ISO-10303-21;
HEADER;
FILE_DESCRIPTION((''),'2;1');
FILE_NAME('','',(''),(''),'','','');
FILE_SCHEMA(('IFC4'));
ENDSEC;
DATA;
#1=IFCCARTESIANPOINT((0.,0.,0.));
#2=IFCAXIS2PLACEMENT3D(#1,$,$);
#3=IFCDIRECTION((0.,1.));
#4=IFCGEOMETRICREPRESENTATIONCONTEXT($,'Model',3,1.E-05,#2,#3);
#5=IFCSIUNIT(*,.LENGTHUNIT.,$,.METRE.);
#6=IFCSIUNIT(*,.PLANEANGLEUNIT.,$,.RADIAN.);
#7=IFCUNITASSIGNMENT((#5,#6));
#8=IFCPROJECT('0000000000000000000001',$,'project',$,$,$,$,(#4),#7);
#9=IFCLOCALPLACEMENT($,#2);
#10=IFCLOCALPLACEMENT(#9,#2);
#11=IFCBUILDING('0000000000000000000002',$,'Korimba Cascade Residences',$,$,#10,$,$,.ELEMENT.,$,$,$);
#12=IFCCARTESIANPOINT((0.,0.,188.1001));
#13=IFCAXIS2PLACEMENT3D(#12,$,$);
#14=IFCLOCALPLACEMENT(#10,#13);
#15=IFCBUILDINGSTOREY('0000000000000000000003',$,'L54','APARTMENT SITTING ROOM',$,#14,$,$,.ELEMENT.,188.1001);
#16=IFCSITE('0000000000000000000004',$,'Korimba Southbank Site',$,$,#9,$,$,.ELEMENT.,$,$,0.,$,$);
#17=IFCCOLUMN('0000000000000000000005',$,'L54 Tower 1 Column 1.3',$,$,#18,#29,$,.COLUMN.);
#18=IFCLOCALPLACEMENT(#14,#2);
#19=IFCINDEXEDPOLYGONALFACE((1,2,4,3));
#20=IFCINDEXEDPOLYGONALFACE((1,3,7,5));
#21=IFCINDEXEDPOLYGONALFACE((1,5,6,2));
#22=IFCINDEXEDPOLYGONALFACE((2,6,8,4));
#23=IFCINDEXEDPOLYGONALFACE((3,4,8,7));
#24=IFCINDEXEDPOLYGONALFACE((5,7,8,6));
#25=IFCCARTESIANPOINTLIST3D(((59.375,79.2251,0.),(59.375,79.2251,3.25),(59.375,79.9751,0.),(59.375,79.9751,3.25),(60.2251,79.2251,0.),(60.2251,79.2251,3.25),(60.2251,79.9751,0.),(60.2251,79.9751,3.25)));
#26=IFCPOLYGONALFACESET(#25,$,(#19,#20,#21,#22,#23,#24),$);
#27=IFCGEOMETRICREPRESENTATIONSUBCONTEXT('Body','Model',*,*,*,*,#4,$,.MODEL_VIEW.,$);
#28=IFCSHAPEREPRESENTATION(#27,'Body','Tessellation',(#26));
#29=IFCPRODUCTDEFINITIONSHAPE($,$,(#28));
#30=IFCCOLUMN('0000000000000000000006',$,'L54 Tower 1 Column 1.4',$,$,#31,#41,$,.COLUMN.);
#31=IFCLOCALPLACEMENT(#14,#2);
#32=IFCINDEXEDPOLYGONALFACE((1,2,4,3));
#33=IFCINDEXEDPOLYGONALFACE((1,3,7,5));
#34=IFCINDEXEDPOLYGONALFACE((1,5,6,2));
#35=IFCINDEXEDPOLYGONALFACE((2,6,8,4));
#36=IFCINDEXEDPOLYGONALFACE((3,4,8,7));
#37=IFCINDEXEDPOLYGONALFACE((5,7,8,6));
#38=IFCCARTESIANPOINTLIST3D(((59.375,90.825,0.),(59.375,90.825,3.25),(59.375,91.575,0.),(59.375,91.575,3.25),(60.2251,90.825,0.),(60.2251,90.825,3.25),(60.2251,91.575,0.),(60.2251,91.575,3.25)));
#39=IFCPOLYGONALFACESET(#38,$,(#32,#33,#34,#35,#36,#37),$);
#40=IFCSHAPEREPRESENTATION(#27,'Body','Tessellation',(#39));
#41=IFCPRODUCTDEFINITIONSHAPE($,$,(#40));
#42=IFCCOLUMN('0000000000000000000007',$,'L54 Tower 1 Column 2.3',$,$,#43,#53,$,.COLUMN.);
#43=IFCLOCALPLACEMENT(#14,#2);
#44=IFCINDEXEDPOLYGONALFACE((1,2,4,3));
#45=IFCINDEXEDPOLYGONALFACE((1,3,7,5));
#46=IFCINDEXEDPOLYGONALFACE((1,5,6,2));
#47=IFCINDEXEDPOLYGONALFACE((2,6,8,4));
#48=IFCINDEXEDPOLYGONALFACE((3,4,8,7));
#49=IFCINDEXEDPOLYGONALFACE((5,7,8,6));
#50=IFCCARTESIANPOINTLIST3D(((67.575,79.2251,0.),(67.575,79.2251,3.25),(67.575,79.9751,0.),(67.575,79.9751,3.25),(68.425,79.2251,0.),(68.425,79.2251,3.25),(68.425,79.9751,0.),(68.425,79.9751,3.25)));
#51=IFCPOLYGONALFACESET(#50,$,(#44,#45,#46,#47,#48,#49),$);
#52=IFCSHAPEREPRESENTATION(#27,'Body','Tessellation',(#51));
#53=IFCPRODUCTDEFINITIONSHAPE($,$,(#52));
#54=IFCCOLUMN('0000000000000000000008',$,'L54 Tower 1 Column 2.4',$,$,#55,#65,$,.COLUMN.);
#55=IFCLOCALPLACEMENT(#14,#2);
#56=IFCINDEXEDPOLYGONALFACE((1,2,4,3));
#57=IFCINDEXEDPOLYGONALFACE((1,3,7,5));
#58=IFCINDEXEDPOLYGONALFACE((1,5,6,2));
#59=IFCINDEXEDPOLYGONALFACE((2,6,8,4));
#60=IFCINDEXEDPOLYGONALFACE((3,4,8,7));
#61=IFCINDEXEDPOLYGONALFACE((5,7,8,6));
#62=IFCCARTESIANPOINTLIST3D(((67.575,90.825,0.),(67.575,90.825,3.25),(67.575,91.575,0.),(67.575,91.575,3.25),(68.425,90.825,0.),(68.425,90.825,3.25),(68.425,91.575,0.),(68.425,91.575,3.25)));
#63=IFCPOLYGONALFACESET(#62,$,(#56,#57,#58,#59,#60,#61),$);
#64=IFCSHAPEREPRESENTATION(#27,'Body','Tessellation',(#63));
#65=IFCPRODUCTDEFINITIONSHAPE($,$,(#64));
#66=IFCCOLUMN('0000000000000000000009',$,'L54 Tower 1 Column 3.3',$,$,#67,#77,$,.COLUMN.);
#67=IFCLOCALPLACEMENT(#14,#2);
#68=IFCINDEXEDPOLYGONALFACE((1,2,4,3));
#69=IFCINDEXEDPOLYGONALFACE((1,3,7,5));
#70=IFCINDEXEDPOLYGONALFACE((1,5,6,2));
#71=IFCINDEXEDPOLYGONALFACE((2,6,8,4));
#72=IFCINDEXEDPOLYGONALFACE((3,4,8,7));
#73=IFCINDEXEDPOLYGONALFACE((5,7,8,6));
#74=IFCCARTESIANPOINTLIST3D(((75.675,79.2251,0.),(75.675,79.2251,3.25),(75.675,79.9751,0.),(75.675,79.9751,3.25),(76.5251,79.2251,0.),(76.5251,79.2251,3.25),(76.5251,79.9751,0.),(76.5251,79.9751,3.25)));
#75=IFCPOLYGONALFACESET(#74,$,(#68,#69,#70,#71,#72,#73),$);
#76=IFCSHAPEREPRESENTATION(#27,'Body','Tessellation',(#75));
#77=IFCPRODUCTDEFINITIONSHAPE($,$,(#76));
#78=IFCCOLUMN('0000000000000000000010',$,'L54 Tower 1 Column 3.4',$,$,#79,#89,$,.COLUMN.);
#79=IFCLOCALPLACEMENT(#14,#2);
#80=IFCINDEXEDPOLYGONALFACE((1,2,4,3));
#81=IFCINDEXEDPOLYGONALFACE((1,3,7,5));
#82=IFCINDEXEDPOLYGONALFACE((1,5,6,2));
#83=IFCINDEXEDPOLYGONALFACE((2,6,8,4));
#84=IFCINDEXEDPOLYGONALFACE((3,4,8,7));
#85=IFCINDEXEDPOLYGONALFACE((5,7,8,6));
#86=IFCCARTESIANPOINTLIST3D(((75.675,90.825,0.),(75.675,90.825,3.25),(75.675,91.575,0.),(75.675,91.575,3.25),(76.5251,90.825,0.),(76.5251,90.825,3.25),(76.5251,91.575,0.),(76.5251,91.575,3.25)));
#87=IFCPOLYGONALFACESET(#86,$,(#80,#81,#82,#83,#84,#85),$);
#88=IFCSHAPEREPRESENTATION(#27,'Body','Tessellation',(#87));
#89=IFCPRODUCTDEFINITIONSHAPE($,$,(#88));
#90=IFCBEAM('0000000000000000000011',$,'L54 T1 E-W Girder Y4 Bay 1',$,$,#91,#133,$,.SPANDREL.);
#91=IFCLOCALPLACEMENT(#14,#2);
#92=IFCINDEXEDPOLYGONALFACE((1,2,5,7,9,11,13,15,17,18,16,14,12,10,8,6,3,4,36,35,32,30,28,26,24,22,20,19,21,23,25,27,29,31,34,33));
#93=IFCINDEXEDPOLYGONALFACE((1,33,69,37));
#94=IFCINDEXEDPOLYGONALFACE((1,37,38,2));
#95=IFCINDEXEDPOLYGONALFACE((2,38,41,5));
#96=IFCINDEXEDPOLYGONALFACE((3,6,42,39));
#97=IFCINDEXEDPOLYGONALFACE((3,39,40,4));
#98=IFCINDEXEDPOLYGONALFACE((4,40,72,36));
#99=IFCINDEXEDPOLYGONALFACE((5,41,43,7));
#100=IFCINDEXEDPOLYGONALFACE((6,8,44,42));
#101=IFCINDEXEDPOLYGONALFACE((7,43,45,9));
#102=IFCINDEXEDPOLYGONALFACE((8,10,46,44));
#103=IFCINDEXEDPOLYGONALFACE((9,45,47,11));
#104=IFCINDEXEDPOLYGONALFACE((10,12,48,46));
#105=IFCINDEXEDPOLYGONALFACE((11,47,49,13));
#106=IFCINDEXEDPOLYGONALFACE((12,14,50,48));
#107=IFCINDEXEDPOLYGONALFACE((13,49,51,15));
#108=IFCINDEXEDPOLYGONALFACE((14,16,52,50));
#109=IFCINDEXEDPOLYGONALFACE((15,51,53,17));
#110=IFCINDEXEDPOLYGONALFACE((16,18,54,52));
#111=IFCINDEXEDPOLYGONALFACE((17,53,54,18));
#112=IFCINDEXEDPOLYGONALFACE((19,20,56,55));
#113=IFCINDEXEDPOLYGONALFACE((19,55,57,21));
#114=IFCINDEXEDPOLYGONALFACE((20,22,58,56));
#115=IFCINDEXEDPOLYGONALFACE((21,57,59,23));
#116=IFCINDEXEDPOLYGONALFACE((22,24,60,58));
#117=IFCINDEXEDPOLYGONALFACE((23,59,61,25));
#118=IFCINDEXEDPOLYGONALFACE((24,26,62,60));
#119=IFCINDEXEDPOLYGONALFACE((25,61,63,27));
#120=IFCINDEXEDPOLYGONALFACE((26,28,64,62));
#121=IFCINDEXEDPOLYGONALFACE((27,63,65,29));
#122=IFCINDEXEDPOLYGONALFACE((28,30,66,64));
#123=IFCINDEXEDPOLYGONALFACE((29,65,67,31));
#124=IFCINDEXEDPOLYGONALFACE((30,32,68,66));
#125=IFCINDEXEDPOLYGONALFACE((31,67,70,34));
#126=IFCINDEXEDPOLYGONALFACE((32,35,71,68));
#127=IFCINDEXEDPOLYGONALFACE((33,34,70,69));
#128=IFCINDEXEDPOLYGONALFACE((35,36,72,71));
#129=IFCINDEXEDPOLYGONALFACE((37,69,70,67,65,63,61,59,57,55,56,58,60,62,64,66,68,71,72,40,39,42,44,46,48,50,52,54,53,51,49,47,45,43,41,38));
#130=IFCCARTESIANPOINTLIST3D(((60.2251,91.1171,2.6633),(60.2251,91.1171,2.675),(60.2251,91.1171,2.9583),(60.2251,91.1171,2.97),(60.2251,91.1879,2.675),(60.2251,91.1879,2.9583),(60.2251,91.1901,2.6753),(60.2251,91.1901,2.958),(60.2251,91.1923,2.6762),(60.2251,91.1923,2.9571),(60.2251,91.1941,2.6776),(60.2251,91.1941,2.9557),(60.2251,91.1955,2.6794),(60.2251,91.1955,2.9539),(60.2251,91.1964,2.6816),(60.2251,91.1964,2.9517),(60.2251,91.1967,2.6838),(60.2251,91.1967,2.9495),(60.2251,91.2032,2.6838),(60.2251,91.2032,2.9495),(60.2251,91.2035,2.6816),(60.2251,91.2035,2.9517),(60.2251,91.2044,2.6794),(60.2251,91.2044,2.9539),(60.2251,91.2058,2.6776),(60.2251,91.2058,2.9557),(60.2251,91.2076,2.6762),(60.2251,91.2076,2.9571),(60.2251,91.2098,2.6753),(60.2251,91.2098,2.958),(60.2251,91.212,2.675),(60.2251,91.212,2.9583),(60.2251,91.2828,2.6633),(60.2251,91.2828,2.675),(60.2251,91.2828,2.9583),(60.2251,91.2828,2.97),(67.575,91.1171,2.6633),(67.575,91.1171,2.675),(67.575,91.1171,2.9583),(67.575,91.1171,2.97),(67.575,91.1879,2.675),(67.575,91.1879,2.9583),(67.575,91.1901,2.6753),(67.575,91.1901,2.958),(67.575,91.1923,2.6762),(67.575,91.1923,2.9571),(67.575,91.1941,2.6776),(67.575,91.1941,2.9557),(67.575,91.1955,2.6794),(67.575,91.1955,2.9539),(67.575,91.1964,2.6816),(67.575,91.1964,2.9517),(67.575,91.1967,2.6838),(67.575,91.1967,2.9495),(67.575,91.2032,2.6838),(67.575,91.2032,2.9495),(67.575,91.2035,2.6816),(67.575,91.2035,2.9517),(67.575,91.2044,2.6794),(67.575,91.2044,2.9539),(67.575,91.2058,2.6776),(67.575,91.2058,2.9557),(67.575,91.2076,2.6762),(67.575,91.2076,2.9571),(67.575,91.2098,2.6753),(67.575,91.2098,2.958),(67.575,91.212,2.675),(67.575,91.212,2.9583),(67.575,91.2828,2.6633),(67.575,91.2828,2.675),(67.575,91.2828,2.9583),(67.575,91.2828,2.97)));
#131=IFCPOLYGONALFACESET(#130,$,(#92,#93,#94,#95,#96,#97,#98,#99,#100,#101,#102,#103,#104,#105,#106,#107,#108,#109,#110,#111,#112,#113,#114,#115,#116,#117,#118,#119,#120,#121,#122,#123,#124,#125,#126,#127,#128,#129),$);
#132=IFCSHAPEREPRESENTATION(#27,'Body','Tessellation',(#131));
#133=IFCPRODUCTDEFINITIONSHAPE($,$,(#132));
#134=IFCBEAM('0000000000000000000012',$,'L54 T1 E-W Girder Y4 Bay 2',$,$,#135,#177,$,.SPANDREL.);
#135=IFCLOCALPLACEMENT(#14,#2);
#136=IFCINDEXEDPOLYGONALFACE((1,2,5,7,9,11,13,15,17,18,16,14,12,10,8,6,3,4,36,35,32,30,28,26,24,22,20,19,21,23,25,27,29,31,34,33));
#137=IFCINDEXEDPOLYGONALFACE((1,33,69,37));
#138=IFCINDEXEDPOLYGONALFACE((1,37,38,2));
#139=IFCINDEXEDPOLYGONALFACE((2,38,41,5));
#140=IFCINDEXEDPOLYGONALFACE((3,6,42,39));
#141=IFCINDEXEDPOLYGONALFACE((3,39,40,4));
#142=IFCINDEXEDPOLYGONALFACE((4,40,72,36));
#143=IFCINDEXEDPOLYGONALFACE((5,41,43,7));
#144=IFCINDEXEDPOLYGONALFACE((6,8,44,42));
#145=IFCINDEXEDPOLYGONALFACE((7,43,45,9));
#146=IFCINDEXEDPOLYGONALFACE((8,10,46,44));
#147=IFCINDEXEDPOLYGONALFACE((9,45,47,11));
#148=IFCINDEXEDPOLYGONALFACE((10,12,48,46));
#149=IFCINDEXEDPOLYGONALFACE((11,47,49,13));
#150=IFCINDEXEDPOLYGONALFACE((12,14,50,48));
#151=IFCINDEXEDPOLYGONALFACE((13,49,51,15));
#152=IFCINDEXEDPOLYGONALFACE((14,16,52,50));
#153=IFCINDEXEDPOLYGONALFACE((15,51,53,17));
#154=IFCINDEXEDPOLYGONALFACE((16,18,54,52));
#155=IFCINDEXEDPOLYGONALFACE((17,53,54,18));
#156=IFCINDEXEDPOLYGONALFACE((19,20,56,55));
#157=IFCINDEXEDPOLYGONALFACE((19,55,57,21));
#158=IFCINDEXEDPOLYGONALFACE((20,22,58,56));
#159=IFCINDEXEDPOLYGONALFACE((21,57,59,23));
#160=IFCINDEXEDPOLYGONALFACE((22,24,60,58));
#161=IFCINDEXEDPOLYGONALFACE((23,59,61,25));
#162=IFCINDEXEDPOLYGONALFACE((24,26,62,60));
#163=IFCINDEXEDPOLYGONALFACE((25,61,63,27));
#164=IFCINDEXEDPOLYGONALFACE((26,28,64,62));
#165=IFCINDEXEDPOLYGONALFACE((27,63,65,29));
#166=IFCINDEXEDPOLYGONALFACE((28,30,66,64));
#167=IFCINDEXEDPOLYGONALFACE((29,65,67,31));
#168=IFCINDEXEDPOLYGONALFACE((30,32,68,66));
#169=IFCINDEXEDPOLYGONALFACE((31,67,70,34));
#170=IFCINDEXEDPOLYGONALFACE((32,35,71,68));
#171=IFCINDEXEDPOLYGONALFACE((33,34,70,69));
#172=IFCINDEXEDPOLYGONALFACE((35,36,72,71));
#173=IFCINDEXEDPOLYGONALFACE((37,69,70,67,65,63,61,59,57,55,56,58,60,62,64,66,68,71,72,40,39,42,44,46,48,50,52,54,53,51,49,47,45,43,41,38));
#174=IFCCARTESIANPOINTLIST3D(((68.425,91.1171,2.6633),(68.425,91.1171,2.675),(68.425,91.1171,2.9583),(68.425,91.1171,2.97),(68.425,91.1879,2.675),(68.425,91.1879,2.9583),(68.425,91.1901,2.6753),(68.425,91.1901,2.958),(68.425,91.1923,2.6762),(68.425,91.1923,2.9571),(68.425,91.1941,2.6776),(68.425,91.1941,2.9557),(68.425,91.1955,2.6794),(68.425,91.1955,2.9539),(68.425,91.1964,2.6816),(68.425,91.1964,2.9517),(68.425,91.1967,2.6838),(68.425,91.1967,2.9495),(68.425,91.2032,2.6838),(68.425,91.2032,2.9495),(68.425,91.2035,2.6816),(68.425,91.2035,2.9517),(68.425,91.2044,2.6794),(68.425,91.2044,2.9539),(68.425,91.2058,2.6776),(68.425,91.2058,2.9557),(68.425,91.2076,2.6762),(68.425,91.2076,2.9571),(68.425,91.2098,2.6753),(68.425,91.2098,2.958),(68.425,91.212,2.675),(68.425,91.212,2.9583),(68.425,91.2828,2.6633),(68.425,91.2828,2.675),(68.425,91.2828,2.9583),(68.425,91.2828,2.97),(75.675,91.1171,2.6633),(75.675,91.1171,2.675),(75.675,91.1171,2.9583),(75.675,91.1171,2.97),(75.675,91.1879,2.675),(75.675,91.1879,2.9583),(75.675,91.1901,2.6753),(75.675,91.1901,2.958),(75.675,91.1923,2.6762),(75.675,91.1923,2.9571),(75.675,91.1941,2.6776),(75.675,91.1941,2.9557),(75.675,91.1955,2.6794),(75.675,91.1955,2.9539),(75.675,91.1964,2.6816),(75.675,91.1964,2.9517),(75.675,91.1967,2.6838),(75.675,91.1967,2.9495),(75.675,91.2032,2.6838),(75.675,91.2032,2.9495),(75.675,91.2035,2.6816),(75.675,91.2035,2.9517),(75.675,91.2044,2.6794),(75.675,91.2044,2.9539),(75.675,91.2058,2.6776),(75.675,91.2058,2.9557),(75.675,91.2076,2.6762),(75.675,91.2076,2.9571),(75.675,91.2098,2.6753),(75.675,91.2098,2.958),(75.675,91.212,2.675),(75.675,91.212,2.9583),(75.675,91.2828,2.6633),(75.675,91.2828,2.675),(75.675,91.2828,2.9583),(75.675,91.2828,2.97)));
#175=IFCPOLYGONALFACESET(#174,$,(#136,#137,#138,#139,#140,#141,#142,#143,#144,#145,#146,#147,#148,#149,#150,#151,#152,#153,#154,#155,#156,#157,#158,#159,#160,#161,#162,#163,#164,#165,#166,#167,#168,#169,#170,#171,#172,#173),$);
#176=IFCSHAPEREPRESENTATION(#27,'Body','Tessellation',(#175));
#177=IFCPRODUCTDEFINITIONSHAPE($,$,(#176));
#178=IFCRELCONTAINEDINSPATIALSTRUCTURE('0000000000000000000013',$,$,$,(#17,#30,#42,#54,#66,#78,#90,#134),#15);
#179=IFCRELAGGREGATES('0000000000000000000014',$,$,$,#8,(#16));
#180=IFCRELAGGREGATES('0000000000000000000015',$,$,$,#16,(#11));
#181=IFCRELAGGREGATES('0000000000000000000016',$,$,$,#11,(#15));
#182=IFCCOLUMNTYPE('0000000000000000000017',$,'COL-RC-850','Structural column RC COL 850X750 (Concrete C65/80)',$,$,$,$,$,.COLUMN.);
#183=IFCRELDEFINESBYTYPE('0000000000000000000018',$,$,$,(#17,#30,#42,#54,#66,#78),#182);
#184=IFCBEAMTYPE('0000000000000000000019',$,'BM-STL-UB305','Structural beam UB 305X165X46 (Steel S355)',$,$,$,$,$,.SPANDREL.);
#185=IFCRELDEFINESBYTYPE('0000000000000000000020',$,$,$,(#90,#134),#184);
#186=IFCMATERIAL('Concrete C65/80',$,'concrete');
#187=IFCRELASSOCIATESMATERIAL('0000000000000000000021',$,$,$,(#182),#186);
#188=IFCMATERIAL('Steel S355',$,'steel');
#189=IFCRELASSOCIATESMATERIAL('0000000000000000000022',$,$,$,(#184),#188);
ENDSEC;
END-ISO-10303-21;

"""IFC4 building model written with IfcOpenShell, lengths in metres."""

from ifc_helpers import new_model, si_unit, direction, frame, origin, origin_2d, place, context, subcontext, project, spatial, rectangle, i_section, extrude, material, material_profile, profile_set, type_object, element, save


model = new_model("IFC4")

# Units and contexts
model_context = context("Model", 3, precision=1e-05, world=origin(), true_north=direction((0.0, 1.0)))
body_context = subcontext(model_context, "Body", "Model", "MODEL_VIEW")
ifc_project = project(units=[si_unit("LENGTHUNIT", "METRE"), si_unit("PLANEANGLEUNIT", "RADIAN")], contexts=[model_context])

# Site, building, storey
site_placement = place(None, origin())
site = spatial("IfcSite", under=ifc_project, at=site_placement, Name="Korimba Southbank Site", CompositionType="ELEMENT", RefElevation=0.0)
building_placement = place(site_placement, origin())
building = spatial("IfcBuilding", under=site, at=building_placement, Name="Korimba Cascade Residences", CompositionType="ELEMENT")
storey_placement = place(building_placement, frame((0.0, 0.0, 188.1001)))
storey = spatial("IfcBuildingStorey", under=building, at=storey_placement, Name="L54", Description="APARTMENT SITTING ROOM", CompositionType="ELEMENT", Elevation=188.1001)

# Columns
ifc_material_1 = material(Name="Concrete C65/80", Category="concrete")
ifc_material_profile_1 = material_profile(ifc_material_1, rectangle(XDim=0.8501, YDim=0.75, at=origin_2d()), Name="Concrete C65/80")
ifc_profile_set_1 = profile_set([ifc_material_profile_1], Name="Concrete C65/80")
column_type = type_object("IfcColumnType", Name="COL-RC-850", Description="Structural column RC COL 850X750 (Concrete C65/80)", PredefinedType="COLUMN", material=ifc_profile_set_1)
for number, where, z_axis, x_axis, name in (
    (1, (59.8, 79.6001, 0.0), (0.0, 0.0, 1.0), (1.0, 0.0, 0.0), "L54 Tower 1 Column 1.3"),
    (2, (59.8, 91.2, 0.0), (0.0, 0.0, 1.0), (1.0, 0.0, 0.0), "L54 Tower 1 Column 1.4"),
    (3, (68.0, 79.6001, 0.0), (0.0, 0.0, 1.0), (1.0, 0.0, 0.0), "L54 Tower 1 Column 2.3"),
    (4, (68.0, 91.2, 0.0), (0.0, 0.0, 1.0), (1.0, 0.0, 0.0), "L54 Tower 1 Column 2.4"),
    (5, (76.1001, 79.6001, 0.0), (0.0, 0.0, 1.0), (1.0, 0.0, 0.0), "L54 Tower 1 Column 3.3"),
    (6, (76.1001, 91.2, 0.0), (0.0, 0.0, 1.0), (1.0, 0.0, 0.0), "L54 Tower 1 Column 3.4"),
):
    element("IfcColumn", number, at=place(storey_placement, frame(where, z_axis=z_axis, x_axis=x_axis)), inside=storey, type_object=column_type, Name=name, PredefinedType="COLUMN", context=body_context, shape_type="SweptSolid", body=[
        extrude(rectangle(XDim=0.8501, YDim=0.75, at=origin_2d()), origin(), (0.0, 0.0, 1.0), 3.25),
    ])

# Beams
ifc_material_2 = material(Name="Steel S355", Category="steel")
ifc_material_profile_2 = material_profile(ifc_material_2, i_section(OverallWidth=0.1658, OverallDepth=0.3066, WebThickness=0.0066, FlangeThickness=0.0117, FilletRadius=0.0088, at=origin_2d()), Name="Steel S355")
ifc_profile_set_2 = profile_set([ifc_material_profile_2], Name="Steel S355")
beam_type_1 = type_object("IfcBeamType", Name="BM-STL-UB305", Description="Structural beam UB 305X165X46 (Steel S355)", PredefinedType="SPANDREL", material=ifc_profile_set_2)
beam_1_placement = place(storey_placement, frame((60.2251, 91.2, 2.8167), z_axis=(1.0, 0.0, 0.0), x_axis=(0.0, 1.0, 0.0)))
element("IfcBeam", 7, at=beam_1_placement, inside=storey, type_object=beam_type_1, Name="L54 T1 E-W Girder Y4 Bay 1", PredefinedType="SPANDREL", context=body_context, shape_type="SweptSolid", body=[
    extrude(i_section(OverallWidth=0.1658, OverallDepth=0.3066, WebThickness=0.0066, FlangeThickness=0.0117, FilletRadius=0.0088, at=origin_2d()), origin(), (0.0, 0.0, 1.0), 7.3499),
])
beam_2_placement = place(storey_placement, frame((68.425, 91.2, 2.8167), z_axis=(1.0, 0.0, 0.0), x_axis=(0.0, 1.0, 0.0)))
element("IfcBeam", 8, at=beam_2_placement, inside=storey, type_object=beam_type_1, Name="L54 T1 E-W Girder Y4 Bay 2", PredefinedType="SPANDREL", context=body_context, shape_type="SweptSolid", body=[
    extrude(i_section(OverallWidth=0.1658, OverallDepth=0.3066, WebThickness=0.0066, FlangeThickness=0.0117, FilletRadius=0.0088, at=origin_2d()), origin(), (0.0, 0.0, 1.0), 7.25),
])

save(model, "model.ifc")
